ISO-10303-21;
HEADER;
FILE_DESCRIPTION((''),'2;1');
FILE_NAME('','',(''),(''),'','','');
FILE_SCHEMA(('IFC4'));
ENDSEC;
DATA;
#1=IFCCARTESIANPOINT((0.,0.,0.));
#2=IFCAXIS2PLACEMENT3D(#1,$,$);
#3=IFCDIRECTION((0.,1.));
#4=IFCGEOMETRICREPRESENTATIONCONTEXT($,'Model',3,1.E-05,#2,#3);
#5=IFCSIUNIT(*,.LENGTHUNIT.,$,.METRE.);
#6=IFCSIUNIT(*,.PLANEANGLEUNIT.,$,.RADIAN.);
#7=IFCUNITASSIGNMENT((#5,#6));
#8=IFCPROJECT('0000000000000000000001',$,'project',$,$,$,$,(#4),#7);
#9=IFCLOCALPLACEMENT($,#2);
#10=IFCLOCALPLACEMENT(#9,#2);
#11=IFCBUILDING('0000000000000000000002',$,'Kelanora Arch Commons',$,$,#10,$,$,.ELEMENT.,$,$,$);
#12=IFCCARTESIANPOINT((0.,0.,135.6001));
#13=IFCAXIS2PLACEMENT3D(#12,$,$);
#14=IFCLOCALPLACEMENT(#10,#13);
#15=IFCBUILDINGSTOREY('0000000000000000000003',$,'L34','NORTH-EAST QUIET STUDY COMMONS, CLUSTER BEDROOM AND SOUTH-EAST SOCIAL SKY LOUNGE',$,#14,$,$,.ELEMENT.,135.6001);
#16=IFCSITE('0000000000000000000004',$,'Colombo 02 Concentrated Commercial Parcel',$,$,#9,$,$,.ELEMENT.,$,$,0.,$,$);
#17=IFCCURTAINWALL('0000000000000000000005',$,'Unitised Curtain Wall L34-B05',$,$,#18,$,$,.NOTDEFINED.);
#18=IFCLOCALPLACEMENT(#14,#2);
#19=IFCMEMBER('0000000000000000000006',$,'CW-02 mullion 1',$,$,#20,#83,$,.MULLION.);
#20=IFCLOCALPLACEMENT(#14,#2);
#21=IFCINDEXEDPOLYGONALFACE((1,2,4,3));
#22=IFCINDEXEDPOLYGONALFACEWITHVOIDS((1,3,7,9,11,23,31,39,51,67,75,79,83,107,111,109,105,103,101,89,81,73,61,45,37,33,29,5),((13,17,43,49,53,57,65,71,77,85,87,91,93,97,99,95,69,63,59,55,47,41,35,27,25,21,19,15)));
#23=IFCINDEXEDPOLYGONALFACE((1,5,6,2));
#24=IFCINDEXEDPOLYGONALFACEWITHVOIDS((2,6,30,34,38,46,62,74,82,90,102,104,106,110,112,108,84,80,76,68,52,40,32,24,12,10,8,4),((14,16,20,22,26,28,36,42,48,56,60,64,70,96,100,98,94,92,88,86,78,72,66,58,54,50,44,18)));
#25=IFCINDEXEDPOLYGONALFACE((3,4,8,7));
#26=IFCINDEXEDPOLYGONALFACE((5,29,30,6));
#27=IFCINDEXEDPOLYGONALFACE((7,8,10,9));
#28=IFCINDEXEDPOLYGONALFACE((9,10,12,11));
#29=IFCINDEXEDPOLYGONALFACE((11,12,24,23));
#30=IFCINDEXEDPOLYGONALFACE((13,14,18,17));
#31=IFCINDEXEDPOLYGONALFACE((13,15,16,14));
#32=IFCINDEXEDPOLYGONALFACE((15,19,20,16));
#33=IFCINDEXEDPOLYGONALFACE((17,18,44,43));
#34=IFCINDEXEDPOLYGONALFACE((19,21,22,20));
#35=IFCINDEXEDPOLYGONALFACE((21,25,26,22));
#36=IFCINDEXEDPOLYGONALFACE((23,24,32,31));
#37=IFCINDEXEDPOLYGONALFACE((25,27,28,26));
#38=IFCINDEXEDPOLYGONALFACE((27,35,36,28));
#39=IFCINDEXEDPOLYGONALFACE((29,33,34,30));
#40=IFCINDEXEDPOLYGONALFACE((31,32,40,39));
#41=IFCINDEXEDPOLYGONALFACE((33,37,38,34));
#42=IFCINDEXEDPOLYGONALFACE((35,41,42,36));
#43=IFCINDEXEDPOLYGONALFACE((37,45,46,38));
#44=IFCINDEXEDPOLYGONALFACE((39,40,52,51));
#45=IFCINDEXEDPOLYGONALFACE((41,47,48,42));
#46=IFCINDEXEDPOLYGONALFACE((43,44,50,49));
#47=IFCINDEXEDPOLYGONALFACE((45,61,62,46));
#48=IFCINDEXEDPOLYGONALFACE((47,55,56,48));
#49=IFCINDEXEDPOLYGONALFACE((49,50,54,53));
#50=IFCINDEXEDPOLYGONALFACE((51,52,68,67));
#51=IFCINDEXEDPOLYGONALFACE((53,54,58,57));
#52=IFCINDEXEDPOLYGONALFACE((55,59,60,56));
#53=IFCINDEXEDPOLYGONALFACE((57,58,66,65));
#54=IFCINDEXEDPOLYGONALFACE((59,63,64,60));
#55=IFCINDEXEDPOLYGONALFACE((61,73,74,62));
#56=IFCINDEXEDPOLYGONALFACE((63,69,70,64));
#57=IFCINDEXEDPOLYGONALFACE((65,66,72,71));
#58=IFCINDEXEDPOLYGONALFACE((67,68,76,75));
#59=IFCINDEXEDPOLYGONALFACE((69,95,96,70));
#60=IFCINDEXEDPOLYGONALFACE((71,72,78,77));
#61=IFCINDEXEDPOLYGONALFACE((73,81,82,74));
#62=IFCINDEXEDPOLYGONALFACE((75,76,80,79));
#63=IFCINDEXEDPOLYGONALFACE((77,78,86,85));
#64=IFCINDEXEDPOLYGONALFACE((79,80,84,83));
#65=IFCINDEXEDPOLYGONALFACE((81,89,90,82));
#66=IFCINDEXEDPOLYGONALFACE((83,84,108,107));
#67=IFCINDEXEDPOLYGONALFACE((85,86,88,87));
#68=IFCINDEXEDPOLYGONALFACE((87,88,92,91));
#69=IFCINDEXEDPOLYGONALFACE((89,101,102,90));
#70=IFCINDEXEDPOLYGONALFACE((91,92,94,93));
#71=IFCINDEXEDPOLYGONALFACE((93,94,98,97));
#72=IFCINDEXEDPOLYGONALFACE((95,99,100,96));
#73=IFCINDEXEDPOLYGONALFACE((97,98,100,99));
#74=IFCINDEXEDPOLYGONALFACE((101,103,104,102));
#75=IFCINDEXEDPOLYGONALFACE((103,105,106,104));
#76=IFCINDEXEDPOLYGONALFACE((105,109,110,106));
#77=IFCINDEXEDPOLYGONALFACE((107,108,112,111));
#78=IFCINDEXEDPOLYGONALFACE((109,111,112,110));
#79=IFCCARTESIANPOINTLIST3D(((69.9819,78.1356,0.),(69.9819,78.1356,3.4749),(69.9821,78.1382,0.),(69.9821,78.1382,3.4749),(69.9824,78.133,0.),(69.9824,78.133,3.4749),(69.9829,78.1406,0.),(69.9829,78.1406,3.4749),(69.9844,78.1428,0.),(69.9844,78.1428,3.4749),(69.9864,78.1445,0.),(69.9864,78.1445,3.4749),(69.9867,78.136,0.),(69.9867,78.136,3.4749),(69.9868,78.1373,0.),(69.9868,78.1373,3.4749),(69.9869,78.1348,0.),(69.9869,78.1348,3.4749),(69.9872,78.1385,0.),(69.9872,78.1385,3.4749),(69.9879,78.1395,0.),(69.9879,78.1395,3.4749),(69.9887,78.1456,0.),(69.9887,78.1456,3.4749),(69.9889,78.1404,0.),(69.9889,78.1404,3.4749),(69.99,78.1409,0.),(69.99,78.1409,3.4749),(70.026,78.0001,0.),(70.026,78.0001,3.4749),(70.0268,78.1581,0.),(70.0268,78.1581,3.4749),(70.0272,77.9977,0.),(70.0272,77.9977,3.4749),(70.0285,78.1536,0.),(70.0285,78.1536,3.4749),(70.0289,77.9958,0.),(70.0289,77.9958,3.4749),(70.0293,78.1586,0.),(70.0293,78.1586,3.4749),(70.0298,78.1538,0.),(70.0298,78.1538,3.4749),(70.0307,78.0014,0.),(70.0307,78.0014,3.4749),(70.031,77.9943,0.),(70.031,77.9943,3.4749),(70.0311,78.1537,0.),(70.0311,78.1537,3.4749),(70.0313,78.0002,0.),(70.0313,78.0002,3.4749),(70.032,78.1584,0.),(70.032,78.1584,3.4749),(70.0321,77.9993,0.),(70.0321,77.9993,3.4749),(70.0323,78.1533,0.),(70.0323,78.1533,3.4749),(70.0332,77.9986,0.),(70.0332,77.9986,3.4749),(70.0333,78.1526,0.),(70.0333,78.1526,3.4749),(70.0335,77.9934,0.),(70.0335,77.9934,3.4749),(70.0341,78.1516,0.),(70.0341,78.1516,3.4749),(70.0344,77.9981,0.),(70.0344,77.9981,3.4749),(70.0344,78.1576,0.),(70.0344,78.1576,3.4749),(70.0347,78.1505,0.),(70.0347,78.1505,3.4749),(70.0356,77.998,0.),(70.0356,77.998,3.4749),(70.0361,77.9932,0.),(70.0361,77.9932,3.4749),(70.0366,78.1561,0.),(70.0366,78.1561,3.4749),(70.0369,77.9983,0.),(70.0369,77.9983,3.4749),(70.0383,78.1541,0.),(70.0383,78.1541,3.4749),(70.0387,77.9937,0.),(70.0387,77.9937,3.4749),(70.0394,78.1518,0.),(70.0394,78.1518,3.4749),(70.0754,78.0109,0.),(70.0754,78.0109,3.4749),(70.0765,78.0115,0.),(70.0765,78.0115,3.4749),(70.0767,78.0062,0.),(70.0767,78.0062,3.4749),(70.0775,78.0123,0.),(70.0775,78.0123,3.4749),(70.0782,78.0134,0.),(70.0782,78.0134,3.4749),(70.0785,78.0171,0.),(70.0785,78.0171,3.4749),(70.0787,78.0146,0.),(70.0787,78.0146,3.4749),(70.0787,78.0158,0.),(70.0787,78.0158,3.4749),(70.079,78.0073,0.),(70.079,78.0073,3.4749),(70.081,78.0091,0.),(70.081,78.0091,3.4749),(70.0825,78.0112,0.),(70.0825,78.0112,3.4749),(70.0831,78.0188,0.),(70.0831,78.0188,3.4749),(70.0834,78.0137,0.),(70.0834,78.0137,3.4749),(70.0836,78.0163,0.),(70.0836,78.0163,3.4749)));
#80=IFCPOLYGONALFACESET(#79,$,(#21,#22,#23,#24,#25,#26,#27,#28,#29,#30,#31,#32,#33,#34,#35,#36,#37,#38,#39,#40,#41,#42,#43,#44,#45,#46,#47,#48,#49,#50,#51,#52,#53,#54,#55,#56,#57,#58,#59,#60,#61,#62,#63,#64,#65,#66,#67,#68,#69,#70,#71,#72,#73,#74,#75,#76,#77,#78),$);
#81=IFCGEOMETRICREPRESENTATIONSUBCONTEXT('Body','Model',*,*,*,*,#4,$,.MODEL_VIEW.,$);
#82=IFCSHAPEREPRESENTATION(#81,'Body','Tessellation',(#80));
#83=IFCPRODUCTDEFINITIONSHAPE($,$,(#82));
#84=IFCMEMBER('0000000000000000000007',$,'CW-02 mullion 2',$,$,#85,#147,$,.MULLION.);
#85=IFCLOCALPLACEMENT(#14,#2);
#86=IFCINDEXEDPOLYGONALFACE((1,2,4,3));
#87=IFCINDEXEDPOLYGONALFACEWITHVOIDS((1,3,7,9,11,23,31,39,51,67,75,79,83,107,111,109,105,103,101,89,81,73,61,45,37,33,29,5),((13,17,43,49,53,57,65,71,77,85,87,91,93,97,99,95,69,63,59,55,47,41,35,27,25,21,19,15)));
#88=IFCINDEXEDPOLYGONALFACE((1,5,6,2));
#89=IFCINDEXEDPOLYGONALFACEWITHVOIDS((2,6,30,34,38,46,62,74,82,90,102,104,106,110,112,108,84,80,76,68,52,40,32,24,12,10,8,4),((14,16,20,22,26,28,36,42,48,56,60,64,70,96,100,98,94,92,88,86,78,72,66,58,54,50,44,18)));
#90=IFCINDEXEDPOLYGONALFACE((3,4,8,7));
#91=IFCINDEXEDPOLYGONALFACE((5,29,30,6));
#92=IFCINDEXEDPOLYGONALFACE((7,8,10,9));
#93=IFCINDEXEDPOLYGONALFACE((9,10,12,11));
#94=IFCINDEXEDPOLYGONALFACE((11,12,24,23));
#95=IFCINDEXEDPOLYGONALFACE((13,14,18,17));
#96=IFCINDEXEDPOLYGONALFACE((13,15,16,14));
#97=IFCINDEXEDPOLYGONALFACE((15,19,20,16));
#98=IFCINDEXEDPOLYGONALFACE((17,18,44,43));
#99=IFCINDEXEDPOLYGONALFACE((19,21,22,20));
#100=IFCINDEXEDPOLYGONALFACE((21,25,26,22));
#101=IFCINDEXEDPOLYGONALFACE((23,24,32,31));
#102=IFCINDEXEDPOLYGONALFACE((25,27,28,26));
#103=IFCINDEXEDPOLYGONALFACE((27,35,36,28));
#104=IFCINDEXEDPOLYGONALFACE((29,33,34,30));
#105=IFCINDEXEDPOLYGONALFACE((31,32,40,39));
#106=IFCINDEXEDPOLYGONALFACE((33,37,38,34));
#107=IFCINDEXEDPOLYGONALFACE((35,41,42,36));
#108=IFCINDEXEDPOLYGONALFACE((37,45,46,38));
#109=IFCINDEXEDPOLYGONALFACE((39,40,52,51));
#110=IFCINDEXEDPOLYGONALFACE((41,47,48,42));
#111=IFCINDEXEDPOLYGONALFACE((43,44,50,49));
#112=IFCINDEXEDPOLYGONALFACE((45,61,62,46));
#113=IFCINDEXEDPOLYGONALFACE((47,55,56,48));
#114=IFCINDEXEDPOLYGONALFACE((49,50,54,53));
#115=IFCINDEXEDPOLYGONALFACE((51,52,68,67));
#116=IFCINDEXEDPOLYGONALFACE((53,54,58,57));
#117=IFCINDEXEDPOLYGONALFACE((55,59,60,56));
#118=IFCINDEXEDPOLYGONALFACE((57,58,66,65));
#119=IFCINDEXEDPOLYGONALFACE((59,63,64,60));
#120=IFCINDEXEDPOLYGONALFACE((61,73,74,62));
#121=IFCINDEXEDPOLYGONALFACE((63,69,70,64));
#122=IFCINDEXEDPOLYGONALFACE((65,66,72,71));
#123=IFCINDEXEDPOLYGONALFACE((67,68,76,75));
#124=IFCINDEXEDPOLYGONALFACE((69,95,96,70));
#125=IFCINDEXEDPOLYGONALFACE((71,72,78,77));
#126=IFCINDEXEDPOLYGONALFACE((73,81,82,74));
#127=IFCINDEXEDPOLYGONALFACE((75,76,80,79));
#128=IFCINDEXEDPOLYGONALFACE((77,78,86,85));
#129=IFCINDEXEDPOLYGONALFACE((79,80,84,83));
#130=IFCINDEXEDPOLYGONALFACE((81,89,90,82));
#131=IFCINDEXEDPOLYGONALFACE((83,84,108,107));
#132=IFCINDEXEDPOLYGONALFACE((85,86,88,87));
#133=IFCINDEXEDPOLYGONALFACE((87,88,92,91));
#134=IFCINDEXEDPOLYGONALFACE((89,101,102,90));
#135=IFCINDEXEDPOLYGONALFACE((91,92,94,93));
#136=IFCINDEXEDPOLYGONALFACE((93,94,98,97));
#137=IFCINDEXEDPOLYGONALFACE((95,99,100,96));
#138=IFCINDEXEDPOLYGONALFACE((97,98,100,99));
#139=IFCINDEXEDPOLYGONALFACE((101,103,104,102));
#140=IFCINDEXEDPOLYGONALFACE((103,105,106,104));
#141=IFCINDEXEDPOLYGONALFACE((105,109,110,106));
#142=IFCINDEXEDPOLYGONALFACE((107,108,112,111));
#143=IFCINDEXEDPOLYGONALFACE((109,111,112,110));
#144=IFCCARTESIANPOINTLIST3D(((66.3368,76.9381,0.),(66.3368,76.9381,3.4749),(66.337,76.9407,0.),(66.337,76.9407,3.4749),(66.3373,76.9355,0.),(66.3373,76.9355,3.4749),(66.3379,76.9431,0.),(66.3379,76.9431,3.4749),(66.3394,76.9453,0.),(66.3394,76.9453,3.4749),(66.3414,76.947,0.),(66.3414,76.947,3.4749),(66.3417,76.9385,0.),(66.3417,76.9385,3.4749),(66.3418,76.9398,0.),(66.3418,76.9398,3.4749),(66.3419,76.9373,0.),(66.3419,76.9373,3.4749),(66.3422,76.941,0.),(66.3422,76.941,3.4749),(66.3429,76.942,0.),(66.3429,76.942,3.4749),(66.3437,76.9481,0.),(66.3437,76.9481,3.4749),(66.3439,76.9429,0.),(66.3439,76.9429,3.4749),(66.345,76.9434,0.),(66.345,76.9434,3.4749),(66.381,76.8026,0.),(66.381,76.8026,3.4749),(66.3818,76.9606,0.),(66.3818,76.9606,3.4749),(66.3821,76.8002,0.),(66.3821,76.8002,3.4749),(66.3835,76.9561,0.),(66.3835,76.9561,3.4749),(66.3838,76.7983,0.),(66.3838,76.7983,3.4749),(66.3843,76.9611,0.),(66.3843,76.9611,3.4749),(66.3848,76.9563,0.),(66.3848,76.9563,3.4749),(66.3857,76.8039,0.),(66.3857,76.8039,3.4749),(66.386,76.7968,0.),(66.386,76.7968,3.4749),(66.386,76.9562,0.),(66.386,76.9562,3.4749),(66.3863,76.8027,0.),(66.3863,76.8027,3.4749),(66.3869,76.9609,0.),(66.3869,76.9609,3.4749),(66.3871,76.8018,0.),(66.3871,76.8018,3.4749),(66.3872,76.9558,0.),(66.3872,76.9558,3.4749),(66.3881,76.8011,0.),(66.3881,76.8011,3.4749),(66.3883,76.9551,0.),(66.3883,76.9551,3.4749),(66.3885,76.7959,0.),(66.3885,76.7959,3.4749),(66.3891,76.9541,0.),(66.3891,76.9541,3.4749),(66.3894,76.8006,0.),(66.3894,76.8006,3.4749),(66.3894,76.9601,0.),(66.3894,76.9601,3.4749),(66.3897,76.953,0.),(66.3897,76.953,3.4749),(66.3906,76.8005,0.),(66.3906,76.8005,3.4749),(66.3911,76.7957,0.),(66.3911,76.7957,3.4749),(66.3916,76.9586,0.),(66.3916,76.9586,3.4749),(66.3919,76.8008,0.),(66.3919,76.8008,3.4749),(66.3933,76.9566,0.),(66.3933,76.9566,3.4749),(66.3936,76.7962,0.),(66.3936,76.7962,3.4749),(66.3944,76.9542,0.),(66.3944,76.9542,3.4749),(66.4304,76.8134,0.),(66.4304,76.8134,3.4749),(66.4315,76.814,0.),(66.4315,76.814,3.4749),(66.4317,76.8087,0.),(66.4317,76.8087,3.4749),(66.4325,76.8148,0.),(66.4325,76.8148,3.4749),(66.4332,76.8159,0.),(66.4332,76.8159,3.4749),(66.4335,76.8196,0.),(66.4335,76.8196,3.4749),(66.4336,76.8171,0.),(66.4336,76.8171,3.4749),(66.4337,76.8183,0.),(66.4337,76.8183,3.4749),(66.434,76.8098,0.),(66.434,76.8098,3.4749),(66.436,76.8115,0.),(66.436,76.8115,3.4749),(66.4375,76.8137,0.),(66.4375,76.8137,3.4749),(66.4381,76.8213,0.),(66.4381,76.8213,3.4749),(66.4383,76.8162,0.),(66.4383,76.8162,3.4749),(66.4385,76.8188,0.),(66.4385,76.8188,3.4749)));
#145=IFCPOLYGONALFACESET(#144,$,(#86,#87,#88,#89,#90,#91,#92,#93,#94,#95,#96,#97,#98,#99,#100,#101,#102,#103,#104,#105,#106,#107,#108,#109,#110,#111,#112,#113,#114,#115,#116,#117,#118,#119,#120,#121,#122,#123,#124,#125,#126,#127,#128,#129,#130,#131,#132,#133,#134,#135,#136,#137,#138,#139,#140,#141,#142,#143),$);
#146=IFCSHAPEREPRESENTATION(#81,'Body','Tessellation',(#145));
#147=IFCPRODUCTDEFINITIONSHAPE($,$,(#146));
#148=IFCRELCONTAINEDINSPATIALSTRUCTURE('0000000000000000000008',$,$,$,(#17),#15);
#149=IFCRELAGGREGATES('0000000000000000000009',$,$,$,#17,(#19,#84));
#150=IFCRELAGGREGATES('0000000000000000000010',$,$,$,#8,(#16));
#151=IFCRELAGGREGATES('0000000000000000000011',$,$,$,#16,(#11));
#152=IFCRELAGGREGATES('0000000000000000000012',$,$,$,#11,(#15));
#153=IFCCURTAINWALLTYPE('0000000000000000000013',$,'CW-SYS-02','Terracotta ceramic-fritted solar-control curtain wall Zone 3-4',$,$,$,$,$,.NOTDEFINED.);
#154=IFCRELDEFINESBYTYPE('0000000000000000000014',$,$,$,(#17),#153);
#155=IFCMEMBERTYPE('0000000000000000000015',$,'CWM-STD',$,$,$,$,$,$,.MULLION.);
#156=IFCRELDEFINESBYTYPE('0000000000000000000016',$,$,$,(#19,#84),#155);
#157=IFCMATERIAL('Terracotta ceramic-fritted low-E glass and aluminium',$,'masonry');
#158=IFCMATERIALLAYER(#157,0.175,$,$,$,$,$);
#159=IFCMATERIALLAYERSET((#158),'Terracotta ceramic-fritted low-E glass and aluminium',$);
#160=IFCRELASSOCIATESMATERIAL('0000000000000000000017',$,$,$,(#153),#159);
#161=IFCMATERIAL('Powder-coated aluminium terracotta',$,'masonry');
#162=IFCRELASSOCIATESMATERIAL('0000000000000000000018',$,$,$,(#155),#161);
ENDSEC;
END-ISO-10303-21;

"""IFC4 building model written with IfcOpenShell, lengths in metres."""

from ifc_helpers import new_model, si_unit, direction, frame, origin, origin_2d, place, context, subcontext, project, spatial, hollow_rectangle, extrude, material, layer, layer_set, material_profile, profile_set, type_object, element, aggregate, save


model = new_model("IFC4")

# Units and contexts
model_context = context("Model", 3, precision=1e-05, world=origin(), true_north=direction((0.0, 1.0)))
body_context = subcontext(model_context, "Body", "Model", "MODEL_VIEW")
ifc_project = project(units=[si_unit("LENGTHUNIT", "METRE"), si_unit("PLANEANGLEUNIT", "RADIAN")], contexts=[model_context])

# Site, building, storey
site_placement = place(None, origin())
site = spatial("IfcSite", under=ifc_project, at=site_placement, Name="Colombo 02 Concentrated Commercial Parcel", CompositionType="ELEMENT", RefElevation=0.0)
building_placement = place(site_placement, origin())
building = spatial("IfcBuilding", under=site, at=building_placement, Name="Kelanora Arch Commons", CompositionType="ELEMENT")
storey_placement = place(building_placement, frame((0.0, 0.0, 135.6001)))
storey = spatial("IfcBuildingStorey", under=building, at=storey_placement, Name="L34", Description="NORTH-EAST QUIET STUDY COMMONS, CLUSTER BEDROOM AND SOUTH-EAST SOCIAL SKY LOUNGE", CompositionType="ELEMENT", Elevation=135.6001)

# Curtain wall, members
ifc_material_1 = material(Name="Terracotta ceramic-fritted low-E glass and aluminium", Category="masonry")
ifc_layer_1 = layer(ifc_material_1, 0.175)
ifc_layer_set_1 = layer_set([ifc_layer_1], Name="Terracotta ceramic-fritted low-E glass and aluminium")
curtain_wall_type = type_object("IfcCurtainWallType", Name="CW-SYS-02", Description="Terracotta ceramic-fritted solar-control curtain wall Zone 3-4", PredefinedType="NOTDEFINED", material=ifc_layer_set_1)
curtain_wall_placement = place(storey_placement, origin())
curtain_wall = element("IfcCurtainWall", 1, at=curtain_wall_placement, inside=storey, type_object=curtain_wall_type, Name="Unitised Curtain Wall L34-B05", PredefinedType="NOTDEFINED")
ifc_material_2 = material(Name="Powder-coated aluminium terracotta", Category="masonry")
ifc_material_profile_1 = material_profile(ifc_material_2, hollow_rectangle(XDim=0.1599, YDim=0.0601, WallThickness=0.0049, InnerFilletRadius=0.0049, OuterFilletRadius=0.01, at=origin_2d()), Name="CWM160x60")
ifc_profile_set_1 = profile_set([ifc_material_profile_1], Name="Powder-coated aluminium terracotta")
member_type_1 = type_object("IfcMemberType", Name="CWM-STD", PredefinedType="MULLION", material=ifc_profile_set_1)
member_1_placement = place(storey_placement, frame((70.0327, 78.0759, 0.0), z_axis=(0.0, 0.0, 1.0), x_axis=(0.312128, -0.95004, 0.0)))
member_1 = element("IfcMember", 2, at=member_1_placement, type_object=member_type_1, Name="CW-02 mullion 1", PredefinedType="MULLION", context=body_context, shape_type="SweptSolid", body=[
    extrude(hollow_rectangle(XDim=0.1599, YDim=0.0601, WallThickness=0.0049, InnerFilletRadius=0.0049, OuterFilletRadius=0.01, at=origin_2d()), origin(), (0.0, 0.0, 1.0), 3.4749),
])
member_2_placement = place(storey_placement, frame((66.3877, 76.8784, 0.0), z_axis=(0.0, 0.0, 1.0), x_axis=(0.312128, -0.95004, 0.0)))
member_2 = element("IfcMember", 3, at=member_2_placement, type_object=member_type_1, Name="CW-02 mullion 2", PredefinedType="MULLION", context=body_context, shape_type="SweptSolid", body=[
    extrude(hollow_rectangle(XDim=0.1599, YDim=0.0601, WallThickness=0.0049, InnerFilletRadius=0.0049, OuterFilletRadius=0.01, at=origin_2d()), origin(), (0.0, 0.0, 1.0), 3.4749),
])
aggregate(curtain_wall, [member_1, member_2])

save(model, "model.ifc")
